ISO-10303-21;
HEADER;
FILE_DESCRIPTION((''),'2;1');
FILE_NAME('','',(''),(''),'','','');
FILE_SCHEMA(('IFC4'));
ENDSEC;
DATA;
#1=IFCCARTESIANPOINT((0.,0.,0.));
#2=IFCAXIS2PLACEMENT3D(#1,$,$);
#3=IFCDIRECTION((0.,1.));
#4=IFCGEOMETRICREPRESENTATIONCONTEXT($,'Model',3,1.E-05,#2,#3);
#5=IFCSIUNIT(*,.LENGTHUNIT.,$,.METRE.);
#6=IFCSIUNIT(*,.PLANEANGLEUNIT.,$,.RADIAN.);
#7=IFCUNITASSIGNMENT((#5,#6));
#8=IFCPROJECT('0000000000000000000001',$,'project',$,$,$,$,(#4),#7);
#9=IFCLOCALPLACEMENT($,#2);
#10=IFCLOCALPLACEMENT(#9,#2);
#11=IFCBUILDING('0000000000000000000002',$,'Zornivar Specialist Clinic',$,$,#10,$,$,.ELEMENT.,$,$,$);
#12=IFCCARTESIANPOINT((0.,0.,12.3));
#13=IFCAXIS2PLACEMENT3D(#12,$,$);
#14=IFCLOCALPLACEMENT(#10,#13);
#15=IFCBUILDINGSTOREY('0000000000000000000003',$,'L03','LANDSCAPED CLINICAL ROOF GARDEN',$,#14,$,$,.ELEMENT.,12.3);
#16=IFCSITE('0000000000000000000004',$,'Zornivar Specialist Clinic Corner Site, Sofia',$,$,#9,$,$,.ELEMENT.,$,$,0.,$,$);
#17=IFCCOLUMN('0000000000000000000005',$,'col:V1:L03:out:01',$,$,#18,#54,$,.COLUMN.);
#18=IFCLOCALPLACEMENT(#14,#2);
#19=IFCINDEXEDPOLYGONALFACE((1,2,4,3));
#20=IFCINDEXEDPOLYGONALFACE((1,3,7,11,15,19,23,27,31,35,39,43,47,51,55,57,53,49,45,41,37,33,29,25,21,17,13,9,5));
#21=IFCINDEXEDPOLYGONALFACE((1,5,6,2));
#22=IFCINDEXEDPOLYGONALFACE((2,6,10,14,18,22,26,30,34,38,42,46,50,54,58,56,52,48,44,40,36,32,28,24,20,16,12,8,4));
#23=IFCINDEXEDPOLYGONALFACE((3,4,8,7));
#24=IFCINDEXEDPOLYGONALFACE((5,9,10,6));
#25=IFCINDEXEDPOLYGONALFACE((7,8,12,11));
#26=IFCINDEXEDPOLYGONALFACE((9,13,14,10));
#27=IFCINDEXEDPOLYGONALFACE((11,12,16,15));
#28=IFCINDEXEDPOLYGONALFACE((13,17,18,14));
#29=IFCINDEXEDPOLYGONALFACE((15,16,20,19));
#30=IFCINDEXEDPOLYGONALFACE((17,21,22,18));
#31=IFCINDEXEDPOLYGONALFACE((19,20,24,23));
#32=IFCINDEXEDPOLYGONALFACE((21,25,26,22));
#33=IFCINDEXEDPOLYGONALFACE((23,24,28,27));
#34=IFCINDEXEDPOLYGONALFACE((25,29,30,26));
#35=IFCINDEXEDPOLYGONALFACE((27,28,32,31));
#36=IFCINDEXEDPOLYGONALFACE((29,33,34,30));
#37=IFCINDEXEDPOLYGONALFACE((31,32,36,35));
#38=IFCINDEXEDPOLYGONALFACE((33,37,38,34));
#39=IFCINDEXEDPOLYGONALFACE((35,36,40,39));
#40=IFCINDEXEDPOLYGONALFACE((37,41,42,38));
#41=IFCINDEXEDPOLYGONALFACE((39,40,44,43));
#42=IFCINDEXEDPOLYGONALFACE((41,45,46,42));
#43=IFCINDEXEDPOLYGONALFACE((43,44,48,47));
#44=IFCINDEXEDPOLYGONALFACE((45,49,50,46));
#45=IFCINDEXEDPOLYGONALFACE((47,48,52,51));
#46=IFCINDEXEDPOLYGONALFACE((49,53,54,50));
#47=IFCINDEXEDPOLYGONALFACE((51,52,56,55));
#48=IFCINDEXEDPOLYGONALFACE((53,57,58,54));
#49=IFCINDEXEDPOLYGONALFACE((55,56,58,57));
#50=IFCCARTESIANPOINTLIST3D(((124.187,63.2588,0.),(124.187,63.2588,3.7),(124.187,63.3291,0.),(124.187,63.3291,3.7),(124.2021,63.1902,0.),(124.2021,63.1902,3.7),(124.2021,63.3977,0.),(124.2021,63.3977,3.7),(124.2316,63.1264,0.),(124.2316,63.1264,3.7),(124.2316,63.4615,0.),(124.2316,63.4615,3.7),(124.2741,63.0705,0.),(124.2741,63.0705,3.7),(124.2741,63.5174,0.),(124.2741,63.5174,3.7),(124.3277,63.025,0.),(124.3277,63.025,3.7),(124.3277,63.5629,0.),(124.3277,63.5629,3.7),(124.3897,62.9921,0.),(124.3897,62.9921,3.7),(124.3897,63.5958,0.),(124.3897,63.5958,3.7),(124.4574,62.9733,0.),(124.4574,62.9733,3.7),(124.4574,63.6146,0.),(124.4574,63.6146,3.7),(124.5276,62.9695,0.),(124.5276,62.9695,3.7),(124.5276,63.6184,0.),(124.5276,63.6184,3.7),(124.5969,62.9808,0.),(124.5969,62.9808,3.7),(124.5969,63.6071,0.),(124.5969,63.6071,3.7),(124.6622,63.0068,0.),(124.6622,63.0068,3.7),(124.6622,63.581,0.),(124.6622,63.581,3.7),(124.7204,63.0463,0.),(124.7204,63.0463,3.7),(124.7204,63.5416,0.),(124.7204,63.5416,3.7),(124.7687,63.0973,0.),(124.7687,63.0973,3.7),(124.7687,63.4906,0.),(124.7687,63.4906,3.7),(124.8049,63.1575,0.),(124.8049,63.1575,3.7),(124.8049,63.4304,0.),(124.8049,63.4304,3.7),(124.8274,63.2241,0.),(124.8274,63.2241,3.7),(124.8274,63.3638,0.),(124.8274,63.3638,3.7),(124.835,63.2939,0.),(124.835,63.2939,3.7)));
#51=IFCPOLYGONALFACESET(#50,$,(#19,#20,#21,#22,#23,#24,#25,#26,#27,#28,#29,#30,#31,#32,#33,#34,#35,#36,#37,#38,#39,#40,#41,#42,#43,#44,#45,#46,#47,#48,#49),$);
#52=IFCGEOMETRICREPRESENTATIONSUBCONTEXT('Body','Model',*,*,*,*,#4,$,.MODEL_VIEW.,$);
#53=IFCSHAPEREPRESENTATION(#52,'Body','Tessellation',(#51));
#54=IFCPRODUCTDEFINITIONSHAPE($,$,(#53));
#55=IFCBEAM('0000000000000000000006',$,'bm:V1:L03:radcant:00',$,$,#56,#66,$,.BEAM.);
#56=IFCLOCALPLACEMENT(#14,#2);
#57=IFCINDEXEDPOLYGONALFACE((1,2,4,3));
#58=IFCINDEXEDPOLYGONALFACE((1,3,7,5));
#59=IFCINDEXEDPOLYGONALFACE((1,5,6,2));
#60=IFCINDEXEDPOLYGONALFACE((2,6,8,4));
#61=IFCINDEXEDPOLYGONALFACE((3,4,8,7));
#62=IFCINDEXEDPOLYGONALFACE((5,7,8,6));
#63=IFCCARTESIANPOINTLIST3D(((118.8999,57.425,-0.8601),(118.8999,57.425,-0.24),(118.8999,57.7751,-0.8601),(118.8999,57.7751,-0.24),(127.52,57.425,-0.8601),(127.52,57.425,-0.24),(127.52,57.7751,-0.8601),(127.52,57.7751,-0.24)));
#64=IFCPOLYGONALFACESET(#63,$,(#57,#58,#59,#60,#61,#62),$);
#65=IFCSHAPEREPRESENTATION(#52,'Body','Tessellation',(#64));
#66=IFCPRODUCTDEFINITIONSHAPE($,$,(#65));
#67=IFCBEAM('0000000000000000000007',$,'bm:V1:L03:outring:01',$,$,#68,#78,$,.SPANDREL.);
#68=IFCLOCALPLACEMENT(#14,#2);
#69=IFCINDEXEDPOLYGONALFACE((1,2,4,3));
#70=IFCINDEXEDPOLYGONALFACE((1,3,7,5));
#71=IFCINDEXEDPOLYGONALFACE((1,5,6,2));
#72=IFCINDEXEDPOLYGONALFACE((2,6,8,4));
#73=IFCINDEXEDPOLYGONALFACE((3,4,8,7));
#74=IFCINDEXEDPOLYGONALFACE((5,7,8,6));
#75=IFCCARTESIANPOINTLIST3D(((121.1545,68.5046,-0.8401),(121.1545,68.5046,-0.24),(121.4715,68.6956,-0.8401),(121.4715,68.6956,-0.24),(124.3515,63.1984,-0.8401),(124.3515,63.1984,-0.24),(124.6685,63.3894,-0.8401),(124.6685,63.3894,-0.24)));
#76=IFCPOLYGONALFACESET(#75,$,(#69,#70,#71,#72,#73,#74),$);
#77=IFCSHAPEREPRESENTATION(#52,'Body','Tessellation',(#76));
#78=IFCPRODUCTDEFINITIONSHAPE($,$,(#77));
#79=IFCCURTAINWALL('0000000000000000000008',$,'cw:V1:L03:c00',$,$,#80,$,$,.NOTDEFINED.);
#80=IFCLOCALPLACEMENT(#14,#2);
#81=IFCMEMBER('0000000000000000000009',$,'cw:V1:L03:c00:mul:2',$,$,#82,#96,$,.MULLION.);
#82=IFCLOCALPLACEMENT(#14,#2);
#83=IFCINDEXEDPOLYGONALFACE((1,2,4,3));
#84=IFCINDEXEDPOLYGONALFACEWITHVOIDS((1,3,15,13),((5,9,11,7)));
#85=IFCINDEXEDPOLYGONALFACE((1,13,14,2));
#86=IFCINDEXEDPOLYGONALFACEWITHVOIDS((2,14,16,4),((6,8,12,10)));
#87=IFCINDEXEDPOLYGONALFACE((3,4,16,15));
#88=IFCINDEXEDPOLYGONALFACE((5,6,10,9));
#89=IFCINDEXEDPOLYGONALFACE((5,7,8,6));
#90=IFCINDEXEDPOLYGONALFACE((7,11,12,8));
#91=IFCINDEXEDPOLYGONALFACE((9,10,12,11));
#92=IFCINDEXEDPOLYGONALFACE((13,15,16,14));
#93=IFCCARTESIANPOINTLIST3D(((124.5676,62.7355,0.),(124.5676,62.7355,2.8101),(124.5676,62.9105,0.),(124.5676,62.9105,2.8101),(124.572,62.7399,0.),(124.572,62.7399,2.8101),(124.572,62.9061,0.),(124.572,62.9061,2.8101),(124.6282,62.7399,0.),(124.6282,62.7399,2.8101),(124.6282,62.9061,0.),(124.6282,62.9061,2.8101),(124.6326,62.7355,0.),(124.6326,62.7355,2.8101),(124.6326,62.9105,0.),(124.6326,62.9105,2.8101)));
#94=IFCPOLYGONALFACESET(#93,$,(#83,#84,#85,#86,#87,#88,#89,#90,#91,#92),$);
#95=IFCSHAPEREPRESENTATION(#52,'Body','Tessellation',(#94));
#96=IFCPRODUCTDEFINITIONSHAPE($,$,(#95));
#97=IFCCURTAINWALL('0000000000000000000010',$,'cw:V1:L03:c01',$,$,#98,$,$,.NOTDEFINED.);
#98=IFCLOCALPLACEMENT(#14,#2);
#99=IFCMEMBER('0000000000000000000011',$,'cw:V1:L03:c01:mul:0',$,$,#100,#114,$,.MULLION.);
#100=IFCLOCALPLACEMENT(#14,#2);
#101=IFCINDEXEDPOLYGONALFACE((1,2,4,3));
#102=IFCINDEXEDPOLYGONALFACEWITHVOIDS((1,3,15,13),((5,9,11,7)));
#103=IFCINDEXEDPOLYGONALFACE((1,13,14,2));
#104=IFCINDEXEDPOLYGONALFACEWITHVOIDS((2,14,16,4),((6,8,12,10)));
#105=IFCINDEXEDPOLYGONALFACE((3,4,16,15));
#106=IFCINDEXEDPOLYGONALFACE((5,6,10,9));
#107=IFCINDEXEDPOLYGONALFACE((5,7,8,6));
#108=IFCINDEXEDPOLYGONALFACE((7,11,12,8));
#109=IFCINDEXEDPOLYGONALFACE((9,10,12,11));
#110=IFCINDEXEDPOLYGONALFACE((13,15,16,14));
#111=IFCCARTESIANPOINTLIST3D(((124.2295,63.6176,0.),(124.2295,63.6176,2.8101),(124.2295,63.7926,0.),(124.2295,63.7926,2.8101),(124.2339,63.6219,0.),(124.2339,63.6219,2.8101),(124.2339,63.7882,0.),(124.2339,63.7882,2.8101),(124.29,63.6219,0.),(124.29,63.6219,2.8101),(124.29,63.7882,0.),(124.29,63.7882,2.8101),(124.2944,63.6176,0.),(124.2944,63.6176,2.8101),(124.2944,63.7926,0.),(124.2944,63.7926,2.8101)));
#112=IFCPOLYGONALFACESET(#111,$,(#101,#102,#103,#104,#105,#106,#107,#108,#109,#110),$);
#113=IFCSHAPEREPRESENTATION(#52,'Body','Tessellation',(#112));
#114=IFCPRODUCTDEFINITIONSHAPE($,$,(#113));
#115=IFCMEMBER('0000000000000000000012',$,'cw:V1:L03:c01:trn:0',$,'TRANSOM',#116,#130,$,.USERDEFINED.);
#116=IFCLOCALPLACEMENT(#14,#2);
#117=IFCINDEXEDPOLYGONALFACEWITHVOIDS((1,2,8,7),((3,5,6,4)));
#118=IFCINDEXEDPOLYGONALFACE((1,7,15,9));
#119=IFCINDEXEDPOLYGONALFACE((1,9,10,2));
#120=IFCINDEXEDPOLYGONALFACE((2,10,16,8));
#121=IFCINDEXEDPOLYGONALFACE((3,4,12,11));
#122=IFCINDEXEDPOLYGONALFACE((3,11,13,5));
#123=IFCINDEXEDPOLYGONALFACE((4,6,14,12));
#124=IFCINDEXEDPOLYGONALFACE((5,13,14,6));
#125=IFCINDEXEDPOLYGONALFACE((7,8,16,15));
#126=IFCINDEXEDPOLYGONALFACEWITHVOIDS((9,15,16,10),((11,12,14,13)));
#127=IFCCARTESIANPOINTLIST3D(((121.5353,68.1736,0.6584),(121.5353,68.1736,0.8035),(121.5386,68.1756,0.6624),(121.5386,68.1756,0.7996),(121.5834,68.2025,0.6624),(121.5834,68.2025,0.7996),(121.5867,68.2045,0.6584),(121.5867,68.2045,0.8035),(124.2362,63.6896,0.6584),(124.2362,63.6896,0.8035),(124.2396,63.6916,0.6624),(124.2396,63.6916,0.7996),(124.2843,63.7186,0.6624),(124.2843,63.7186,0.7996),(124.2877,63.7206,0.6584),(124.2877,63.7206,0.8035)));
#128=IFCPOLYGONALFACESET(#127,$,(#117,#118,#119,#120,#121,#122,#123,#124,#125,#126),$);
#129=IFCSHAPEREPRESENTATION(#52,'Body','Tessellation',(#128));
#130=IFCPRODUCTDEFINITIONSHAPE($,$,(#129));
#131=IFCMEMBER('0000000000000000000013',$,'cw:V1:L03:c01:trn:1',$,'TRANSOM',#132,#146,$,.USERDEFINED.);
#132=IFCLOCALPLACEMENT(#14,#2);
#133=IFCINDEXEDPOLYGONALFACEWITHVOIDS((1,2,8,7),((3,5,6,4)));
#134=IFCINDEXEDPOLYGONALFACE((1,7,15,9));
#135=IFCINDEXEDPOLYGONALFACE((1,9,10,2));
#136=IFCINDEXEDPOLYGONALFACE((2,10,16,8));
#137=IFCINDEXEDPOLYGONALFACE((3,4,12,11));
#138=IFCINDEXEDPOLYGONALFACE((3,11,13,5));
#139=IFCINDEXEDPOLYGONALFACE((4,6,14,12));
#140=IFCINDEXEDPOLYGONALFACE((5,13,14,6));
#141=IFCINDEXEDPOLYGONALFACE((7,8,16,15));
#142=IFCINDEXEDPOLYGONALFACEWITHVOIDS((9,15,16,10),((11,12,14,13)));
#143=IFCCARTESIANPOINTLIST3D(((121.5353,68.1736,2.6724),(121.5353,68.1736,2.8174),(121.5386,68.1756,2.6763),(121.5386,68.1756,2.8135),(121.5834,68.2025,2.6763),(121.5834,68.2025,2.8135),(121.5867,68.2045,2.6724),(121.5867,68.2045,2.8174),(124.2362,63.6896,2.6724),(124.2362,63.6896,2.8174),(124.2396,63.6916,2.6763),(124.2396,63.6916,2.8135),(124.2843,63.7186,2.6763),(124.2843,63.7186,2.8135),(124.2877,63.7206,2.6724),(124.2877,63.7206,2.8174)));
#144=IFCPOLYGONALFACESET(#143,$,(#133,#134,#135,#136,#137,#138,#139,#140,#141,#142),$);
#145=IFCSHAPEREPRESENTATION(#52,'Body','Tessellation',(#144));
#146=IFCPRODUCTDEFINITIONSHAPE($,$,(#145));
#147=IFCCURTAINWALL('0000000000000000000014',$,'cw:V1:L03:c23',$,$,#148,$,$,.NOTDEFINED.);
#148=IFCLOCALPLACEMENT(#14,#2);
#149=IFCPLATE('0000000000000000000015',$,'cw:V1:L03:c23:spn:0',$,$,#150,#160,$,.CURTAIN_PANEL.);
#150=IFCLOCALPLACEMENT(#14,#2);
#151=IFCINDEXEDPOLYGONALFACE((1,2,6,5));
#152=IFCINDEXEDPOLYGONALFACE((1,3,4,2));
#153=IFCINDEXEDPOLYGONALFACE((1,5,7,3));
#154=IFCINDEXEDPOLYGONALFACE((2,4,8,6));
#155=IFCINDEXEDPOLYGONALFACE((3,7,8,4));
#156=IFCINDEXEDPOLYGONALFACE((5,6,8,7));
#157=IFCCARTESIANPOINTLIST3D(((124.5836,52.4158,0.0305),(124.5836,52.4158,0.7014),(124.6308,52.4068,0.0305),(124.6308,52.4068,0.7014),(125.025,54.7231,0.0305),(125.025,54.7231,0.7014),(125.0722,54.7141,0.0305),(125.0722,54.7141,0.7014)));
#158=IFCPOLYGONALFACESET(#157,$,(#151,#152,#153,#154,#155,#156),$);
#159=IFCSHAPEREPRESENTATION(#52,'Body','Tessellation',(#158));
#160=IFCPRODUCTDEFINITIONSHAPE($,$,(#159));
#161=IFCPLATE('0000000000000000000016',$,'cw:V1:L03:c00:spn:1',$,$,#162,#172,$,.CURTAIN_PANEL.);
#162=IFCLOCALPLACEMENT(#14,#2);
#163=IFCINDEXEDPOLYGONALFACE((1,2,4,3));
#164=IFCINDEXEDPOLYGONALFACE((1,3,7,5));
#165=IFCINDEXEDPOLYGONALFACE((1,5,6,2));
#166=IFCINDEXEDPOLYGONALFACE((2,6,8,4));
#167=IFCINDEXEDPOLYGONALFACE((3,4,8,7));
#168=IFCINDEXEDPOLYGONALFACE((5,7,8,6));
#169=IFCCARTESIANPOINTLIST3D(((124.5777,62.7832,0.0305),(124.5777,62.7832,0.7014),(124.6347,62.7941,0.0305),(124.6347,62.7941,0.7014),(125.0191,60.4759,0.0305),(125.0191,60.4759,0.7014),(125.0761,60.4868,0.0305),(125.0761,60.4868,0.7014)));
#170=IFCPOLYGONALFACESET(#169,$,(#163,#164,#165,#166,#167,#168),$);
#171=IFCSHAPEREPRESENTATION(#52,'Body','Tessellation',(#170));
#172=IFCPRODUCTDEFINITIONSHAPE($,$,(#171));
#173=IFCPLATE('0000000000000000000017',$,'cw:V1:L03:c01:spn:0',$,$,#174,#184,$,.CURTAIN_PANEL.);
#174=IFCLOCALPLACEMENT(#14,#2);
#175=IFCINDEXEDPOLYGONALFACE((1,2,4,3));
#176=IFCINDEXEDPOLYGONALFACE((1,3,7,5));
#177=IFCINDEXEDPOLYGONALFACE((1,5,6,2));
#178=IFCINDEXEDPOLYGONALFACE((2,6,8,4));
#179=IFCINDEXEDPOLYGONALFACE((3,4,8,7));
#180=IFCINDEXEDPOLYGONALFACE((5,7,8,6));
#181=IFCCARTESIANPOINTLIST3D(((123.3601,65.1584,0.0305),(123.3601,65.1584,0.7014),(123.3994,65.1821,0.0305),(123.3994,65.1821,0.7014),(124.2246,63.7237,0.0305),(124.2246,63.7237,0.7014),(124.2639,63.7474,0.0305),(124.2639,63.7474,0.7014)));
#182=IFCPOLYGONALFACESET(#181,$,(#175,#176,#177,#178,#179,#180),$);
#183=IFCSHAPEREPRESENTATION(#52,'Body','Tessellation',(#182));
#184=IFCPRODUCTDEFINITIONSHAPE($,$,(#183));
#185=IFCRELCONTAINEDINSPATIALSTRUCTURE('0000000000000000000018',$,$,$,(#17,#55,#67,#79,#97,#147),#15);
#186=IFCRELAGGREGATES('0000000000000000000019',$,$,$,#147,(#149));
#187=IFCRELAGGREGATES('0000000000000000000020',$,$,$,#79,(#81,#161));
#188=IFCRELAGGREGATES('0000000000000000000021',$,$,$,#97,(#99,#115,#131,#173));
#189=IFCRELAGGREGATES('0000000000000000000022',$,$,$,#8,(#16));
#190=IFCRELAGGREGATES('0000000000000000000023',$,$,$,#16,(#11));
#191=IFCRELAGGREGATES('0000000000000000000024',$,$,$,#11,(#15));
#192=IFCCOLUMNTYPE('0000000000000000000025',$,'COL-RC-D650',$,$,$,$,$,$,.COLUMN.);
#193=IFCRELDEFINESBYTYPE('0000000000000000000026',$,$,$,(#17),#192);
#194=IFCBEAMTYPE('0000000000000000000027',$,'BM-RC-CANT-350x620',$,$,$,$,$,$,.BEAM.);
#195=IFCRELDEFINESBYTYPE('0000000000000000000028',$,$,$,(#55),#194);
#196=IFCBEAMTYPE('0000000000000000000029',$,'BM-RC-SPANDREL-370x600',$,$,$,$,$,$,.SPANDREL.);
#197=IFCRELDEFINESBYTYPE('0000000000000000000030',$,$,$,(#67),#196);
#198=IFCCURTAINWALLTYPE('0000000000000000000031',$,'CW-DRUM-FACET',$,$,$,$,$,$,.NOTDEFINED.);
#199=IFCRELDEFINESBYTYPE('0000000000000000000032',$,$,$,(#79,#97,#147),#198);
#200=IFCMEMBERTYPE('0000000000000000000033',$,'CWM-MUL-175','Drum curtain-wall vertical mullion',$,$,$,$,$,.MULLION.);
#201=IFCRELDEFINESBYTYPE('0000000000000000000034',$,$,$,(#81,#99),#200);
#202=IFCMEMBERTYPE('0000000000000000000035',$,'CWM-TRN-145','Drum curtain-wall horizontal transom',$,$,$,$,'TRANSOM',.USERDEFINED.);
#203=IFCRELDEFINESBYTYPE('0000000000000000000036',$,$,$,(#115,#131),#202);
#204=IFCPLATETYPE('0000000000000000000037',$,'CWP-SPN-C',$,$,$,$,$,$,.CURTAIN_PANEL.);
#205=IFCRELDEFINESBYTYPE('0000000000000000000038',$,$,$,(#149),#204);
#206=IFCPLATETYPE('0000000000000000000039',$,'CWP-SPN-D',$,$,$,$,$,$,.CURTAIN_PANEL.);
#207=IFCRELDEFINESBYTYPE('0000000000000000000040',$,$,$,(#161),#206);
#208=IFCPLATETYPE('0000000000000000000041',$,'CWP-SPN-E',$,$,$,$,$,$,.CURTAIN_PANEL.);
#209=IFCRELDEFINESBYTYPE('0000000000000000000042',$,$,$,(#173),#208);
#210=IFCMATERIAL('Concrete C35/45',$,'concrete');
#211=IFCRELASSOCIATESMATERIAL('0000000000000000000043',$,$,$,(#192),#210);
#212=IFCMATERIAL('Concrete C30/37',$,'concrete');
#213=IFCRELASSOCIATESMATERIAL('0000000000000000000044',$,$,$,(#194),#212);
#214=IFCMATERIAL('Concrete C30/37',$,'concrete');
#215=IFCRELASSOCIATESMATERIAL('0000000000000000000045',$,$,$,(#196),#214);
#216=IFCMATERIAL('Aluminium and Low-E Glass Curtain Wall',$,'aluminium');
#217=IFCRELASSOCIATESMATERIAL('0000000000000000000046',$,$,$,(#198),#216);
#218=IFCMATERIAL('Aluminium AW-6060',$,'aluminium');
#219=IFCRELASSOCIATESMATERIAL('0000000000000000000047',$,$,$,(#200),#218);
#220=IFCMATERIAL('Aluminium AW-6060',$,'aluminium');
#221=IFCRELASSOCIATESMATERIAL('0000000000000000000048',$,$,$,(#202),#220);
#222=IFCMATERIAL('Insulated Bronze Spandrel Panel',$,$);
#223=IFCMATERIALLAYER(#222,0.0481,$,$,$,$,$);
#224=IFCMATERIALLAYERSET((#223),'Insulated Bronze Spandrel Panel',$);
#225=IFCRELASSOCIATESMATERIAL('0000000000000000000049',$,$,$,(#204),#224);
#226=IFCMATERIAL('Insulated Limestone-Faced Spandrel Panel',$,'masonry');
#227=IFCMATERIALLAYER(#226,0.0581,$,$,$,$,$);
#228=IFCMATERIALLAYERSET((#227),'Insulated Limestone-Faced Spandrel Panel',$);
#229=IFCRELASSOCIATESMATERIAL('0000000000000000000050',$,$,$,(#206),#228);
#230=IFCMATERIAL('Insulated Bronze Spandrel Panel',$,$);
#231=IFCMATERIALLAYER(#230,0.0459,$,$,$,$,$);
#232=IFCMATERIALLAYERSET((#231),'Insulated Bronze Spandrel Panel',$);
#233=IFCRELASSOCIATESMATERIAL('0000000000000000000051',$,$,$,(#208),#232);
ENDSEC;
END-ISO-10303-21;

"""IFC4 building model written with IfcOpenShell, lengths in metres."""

from ifc_helpers import new_model, si_unit, direction, frame, origin, origin_2d, place, context, subcontext, project, spatial, rectangle, hollow_rectangle, circle, extrude, material, layer, layer_set, material_profile, profile_set, type_object, element, aggregate, save


model = new_model("IFC4")

# Units and contexts
model_context = context("Model", 3, precision=1e-05, world=origin(), true_north=direction((0.0, 1.0)))
body_context = subcontext(model_context, "Body", "Model", "MODEL_VIEW")
ifc_project = project(units=[si_unit("LENGTHUNIT", "METRE"), si_unit("PLANEANGLEUNIT", "RADIAN")], contexts=[model_context])

# Site, building, storey
site_placement = place(None, origin())
site = spatial("IfcSite", under=ifc_project, at=site_placement, Name="Zornivar Specialist Clinic Corner Site, Sofia", CompositionType="ELEMENT", RefElevation=0.0)
building_placement = place(site_placement, origin())
building = spatial("IfcBuilding", under=site, at=building_placement, Name="Zornivar Specialist Clinic", CompositionType="ELEMENT")
storey_placement = place(building_placement, frame((0.0, 0.0, 12.3)))
storey = spatial("IfcBuildingStorey", under=building, at=storey_placement, Name="L03", Description="LANDSCAPED CLINICAL ROOF GARDEN", CompositionType="ELEMENT", Elevation=12.3)

# Column
ifc_material_1 = material(Name="Concrete C35/45", Category="concrete")
ifc_material_profile_1 = material_profile(ifc_material_1, circle(Radius=0.325, at=origin_2d()), Name="RC D650")
ifc_profile_set_1 = profile_set([ifc_material_profile_1], Name="Concrete C35/45")
column_type = type_object("IfcColumnType", Name="COL-RC-D650", PredefinedType="COLUMN", material=ifc_profile_set_1)
column_placement = place(storey_placement, frame((124.51, 63.2939, 0.0), z_axis=(0.0, 0.0, 1.0), x_axis=(1.0, 0.0, 0.0)))
element("IfcColumn", 1, at=column_placement, inside=storey, type_object=column_type, Name="col:V1:L03:out:01", PredefinedType="COLUMN", context=body_context, shape_type="SweptSolid", body=[
    extrude(circle(Radius=0.325, at=origin_2d()), origin(), (0.0, 0.0, 1.0), 3.7),
])

# Beams
ifc_material_2 = material(Name="Concrete C30/37", Category="concrete")
ifc_material_profile_2 = material_profile(ifc_material_2, rectangle(XDim=0.3501, YDim=0.6201, at=origin_2d()), Name="RC 350x620")
ifc_profile_set_2 = profile_set([ifc_material_profile_2], Name="Concrete C30/37")
beam_type_1 = type_object("IfcBeamType", Name="BM-RC-CANT-350x620", PredefinedType="BEAM", material=ifc_profile_set_2)
beam_1_placement = place(storey_placement, frame((118.8999, 57.6001, -0.55), z_axis=(1.0, 0.0, 0.0), x_axis=(0.0, 1.0, 0.0)))
element("IfcBeam", 2, at=beam_1_placement, inside=storey, type_object=beam_type_1, Name="bm:V1:L03:radcant:00", PredefinedType="BEAM", context=body_context, shape_type="SweptSolid", body=[
    extrude(rectangle(XDim=0.3501, YDim=0.6201, at=origin_2d()), origin(), (0.0, 0.0, 1.0), 8.6201),
])
ifc_material_3 = material(Name="Concrete C30/37", Category="concrete")
ifc_material_profile_3 = material_profile(ifc_material_3, rectangle(XDim=0.3701, YDim=0.6001, at=origin_2d()), Name="RC 370x600")
ifc_profile_set_3 = profile_set([ifc_material_profile_3], Name="Concrete C30/37")
beam_type_2 = type_object("IfcBeamType", Name="BM-RC-SPANDREL-370x600", PredefinedType="SPANDREL", material=ifc_profile_set_3)
beam_2_placement = place(storey_placement, frame((124.51, 63.2939, -0.54), z_axis=(-0.516077, 0.856542, 0.0), x_axis=(-0.856542, -0.516077, 0.0)))
element("IfcBeam", 3, at=beam_2_placement, inside=storey, type_object=beam_type_2, Name="bm:V1:L03:outring:01", PredefinedType="SPANDREL", context=body_context, shape_type="SweptSolid", body=[
    extrude(rectangle(XDim=0.3701, YDim=0.6001, at=origin_2d()), origin(), (0.0, 0.0, 1.0), 6.1948),
])

# Curtain wall, member
ifc_material_4 = material(Name="Aluminium and Low-E Glass Curtain Wall", Category="aluminium")
curtain_wall_type = type_object("IfcCurtainWallType", Name="CW-DRUM-FACET", PredefinedType="NOTDEFINED", material=ifc_material_4)
curtain_wall_1_placement = place(storey_placement, origin())
curtain_wall_1 = element("IfcCurtainWall", 4, at=curtain_wall_1_placement, inside=storey, type_object=curtain_wall_type, Name="cw:V1:L03:c00", PredefinedType="NOTDEFINED")
ifc_material_5 = material(Name="Aluminium AW-6060", Category="aluminium")
ifc_material_profile_4 = material_profile(ifc_material_5, hollow_rectangle(XDim=0.0649, YDim=0.175, WallThickness=0.0044, at=origin_2d()), Name="ALU 65x175x4.5")
ifc_profile_set_4 = profile_set([ifc_material_profile_4], Name="Aluminium AW-6060")
member_type_1 = type_object("IfcMemberType", Name="CWM-MUL-175", Description="Drum curtain-wall vertical mullion", PredefinedType="MULLION", material=ifc_profile_set_4)
member_1_placement = place(storey_placement, frame((124.6001, 62.823, 0.0), z_axis=(0.0, 0.0, 1.0), x_axis=(1.0, 0.0, 0.0)))
member_1 = element("IfcMember", 5, at=member_1_placement, type_object=member_type_1, Name="cw:V1:L03:c00:mul:2", PredefinedType="MULLION", context=body_context, shape_type="SweptSolid", body=[
    extrude(hollow_rectangle(XDim=0.0649, YDim=0.175, WallThickness=0.0044, at=origin_2d()), origin(), (0.0, 0.0, 1.0), 2.8101),
])

# Curtain wall, members
curtain_wall_2_placement = place(storey_placement, origin())
curtain_wall_2 = element("IfcCurtainWall", 6, at=curtain_wall_2_placement, inside=storey, type_object=curtain_wall_type, Name="cw:V1:L03:c01", PredefinedType="NOTDEFINED")
member_2_placement = place(storey_placement, frame((124.262, 63.7051, 0.0), z_axis=(0.0, 0.0, 1.0), x_axis=(1.0, 0.0, 0.0)))
member_2 = element("IfcMember", 7, at=member_2_placement, type_object=member_type_1, Name="cw:V1:L03:c01:mul:0", PredefinedType="MULLION", context=body_context, shape_type="SweptSolid", body=[
    extrude(hollow_rectangle(XDim=0.0649, YDim=0.175, WallThickness=0.0044, at=origin_2d()), origin(), (0.0, 0.0, 1.0), 2.8101),
])
ifc_material_6 = material(Name="Aluminium AW-6060", Category="aluminium")
ifc_material_profile_5 = material_profile(ifc_material_6, hollow_rectangle(XDim=0.0601, YDim=0.145, WallThickness=0.0039, at=origin_2d()), Name="ALU 60x145x4")
ifc_profile_set_5 = profile_set([ifc_material_profile_5], Name="Aluminium AW-6060")
member_type_2 = type_object("IfcMemberType", Name="CWM-TRN-145", Description="Drum curtain-wall horizontal transom", ElementType="TRANSOM", PredefinedType="USERDEFINED", material=ifc_profile_set_5)
member_3_placement = place(storey_placement, frame((124.262, 63.7051, 0.731), z_axis=(-0.515983, 0.856599, 0.0), x_axis=(-0.856599, -0.515983, 0.0)))
member_3 = element("IfcMember", 8, at=member_3_placement, type_object=member_type_2, Name="cw:V1:L03:c01:trn:0", ObjectType="TRANSOM", PredefinedType="USERDEFINED", context=body_context, shape_type="SweptSolid", body=[
    extrude(hollow_rectangle(XDim=0.0601, YDim=0.145, WallThickness=0.0039, at=origin_2d()), origin(), (0.0, 0.0, 1.0), 5.2346),
])
member_4_placement = place(storey_placement, frame((124.262, 63.7051, 2.7449), z_axis=(-0.515983, 0.856599, 0.0), x_axis=(-0.856599, -0.515983, 0.0)))
member_4 = element("IfcMember", 9, at=member_4_placement, type_object=member_type_2, Name="cw:V1:L03:c01:trn:1", ObjectType="TRANSOM", PredefinedType="USERDEFINED", context=body_context, shape_type="SweptSolid", body=[
    extrude(hollow_rectangle(XDim=0.0601, YDim=0.145, WallThickness=0.0039, at=origin_2d()), origin(), (0.0, 0.0, 1.0), 5.2346),
])

# Curtain wall, plate
curtain_wall_3_placement = place(storey_placement, origin())
curtain_wall_3 = element("IfcCurtainWall", 10, at=curtain_wall_3_placement, inside=storey, type_object=curtain_wall_type, Name="cw:V1:L03:c23", PredefinedType="NOTDEFINED")
ifc_material_7 = material(Name="Insulated Bronze Spandrel Panel")
ifc_layer_1 = layer(ifc_material_7, 0.0481)
ifc_layer_set_1 = layer_set([ifc_layer_1], Name="Insulated Bronze Spandrel Panel")
plate_type_1 = type_object("IfcPlateType", Name="CWP-SPN-C", PredefinedType="CURTAIN_PANEL", material=ifc_layer_set_1)
plate_1_placement = place(storey_placement, frame((124.8279, 53.5649, 0.0305), z_axis=(0.0, 0.0, 1.0), x_axis=(0.187897, 0.982189, 0.0)))
plate_1 = element("IfcPlate", 11, at=plate_1_placement, type_object=plate_type_1, Name="cw:V1:L03:c23:spn:0", PredefinedType="CURTAIN_PANEL", context=body_context, shape_type="SweptSolid", body=[
    extrude(rectangle(XDim=2.3491, YDim=0.0481, at=origin_2d()), origin(), (0.0, 0.0, 1.0), 0.6709),
])
aggregate(curtain_wall_3, [plate_1])

# Plates
ifc_material_8 = material(Name="Insulated Limestone-Faced Spandrel Panel", Category="masonry")
ifc_layer_2 = layer(ifc_material_8, 0.0581)
ifc_layer_set_2 = layer_set([ifc_layer_2], Name="Insulated Limestone-Faced Spandrel Panel")
plate_type_2 = type_object("IfcPlateType", Name="CWP-SPN-D", PredefinedType="CURTAIN_PANEL", material=ifc_layer_set_2)
plate_2_placement = place(storey_placement, frame((124.8269, 61.635, 0.0305), z_axis=(0.0, 0.0, 1.0), x_axis=(-0.187897, 0.982189, 0.0)))
plate_2 = element("IfcPlate", 12, at=plate_2_placement, type_object=plate_type_2, Name="cw:V1:L03:c00:spn:1", PredefinedType="CURTAIN_PANEL", context=body_context, shape_type="SweptSolid", body=[
    extrude(rectangle(XDim=2.3491, YDim=0.0581, at=origin_2d()), origin(), (0.0, 0.0, 1.0), 0.6709),
])
ifc_material_9 = material(Name="Insulated Bronze Spandrel Panel")
ifc_layer_3 = layer(ifc_material_9, 0.0459)
ifc_layer_set_3 = layer_set([ifc_layer_3], Name="Insulated Bronze Spandrel Panel")
plate_type_3 = type_object("IfcPlateType", Name="CWP-SPN-E", PredefinedType="CURTAIN_PANEL", material=ifc_layer_set_3)
plate_3_placement = place(storey_placement, frame((123.812, 64.4529, 0.0305), z_axis=(0.0, 0.0, 1.0), x_axis=(-0.516127, 0.856512, 0.0)))
plate_3 = element("IfcPlate", 13, at=plate_3_placement, type_object=plate_type_3, Name="cw:V1:L03:c01:spn:0", PredefinedType="CURTAIN_PANEL", context=body_context, shape_type="SweptSolid", body=[
    extrude(rectangle(XDim=1.675, YDim=0.0459, at=origin_2d()), origin(), (0.0, 0.0, 1.0), 0.6709),
])
aggregate(curtain_wall_1, [member_1, plate_2])
aggregate(curtain_wall_2, [member_2, member_3, member_4, plate_3])

save(model, "model.ifc")
